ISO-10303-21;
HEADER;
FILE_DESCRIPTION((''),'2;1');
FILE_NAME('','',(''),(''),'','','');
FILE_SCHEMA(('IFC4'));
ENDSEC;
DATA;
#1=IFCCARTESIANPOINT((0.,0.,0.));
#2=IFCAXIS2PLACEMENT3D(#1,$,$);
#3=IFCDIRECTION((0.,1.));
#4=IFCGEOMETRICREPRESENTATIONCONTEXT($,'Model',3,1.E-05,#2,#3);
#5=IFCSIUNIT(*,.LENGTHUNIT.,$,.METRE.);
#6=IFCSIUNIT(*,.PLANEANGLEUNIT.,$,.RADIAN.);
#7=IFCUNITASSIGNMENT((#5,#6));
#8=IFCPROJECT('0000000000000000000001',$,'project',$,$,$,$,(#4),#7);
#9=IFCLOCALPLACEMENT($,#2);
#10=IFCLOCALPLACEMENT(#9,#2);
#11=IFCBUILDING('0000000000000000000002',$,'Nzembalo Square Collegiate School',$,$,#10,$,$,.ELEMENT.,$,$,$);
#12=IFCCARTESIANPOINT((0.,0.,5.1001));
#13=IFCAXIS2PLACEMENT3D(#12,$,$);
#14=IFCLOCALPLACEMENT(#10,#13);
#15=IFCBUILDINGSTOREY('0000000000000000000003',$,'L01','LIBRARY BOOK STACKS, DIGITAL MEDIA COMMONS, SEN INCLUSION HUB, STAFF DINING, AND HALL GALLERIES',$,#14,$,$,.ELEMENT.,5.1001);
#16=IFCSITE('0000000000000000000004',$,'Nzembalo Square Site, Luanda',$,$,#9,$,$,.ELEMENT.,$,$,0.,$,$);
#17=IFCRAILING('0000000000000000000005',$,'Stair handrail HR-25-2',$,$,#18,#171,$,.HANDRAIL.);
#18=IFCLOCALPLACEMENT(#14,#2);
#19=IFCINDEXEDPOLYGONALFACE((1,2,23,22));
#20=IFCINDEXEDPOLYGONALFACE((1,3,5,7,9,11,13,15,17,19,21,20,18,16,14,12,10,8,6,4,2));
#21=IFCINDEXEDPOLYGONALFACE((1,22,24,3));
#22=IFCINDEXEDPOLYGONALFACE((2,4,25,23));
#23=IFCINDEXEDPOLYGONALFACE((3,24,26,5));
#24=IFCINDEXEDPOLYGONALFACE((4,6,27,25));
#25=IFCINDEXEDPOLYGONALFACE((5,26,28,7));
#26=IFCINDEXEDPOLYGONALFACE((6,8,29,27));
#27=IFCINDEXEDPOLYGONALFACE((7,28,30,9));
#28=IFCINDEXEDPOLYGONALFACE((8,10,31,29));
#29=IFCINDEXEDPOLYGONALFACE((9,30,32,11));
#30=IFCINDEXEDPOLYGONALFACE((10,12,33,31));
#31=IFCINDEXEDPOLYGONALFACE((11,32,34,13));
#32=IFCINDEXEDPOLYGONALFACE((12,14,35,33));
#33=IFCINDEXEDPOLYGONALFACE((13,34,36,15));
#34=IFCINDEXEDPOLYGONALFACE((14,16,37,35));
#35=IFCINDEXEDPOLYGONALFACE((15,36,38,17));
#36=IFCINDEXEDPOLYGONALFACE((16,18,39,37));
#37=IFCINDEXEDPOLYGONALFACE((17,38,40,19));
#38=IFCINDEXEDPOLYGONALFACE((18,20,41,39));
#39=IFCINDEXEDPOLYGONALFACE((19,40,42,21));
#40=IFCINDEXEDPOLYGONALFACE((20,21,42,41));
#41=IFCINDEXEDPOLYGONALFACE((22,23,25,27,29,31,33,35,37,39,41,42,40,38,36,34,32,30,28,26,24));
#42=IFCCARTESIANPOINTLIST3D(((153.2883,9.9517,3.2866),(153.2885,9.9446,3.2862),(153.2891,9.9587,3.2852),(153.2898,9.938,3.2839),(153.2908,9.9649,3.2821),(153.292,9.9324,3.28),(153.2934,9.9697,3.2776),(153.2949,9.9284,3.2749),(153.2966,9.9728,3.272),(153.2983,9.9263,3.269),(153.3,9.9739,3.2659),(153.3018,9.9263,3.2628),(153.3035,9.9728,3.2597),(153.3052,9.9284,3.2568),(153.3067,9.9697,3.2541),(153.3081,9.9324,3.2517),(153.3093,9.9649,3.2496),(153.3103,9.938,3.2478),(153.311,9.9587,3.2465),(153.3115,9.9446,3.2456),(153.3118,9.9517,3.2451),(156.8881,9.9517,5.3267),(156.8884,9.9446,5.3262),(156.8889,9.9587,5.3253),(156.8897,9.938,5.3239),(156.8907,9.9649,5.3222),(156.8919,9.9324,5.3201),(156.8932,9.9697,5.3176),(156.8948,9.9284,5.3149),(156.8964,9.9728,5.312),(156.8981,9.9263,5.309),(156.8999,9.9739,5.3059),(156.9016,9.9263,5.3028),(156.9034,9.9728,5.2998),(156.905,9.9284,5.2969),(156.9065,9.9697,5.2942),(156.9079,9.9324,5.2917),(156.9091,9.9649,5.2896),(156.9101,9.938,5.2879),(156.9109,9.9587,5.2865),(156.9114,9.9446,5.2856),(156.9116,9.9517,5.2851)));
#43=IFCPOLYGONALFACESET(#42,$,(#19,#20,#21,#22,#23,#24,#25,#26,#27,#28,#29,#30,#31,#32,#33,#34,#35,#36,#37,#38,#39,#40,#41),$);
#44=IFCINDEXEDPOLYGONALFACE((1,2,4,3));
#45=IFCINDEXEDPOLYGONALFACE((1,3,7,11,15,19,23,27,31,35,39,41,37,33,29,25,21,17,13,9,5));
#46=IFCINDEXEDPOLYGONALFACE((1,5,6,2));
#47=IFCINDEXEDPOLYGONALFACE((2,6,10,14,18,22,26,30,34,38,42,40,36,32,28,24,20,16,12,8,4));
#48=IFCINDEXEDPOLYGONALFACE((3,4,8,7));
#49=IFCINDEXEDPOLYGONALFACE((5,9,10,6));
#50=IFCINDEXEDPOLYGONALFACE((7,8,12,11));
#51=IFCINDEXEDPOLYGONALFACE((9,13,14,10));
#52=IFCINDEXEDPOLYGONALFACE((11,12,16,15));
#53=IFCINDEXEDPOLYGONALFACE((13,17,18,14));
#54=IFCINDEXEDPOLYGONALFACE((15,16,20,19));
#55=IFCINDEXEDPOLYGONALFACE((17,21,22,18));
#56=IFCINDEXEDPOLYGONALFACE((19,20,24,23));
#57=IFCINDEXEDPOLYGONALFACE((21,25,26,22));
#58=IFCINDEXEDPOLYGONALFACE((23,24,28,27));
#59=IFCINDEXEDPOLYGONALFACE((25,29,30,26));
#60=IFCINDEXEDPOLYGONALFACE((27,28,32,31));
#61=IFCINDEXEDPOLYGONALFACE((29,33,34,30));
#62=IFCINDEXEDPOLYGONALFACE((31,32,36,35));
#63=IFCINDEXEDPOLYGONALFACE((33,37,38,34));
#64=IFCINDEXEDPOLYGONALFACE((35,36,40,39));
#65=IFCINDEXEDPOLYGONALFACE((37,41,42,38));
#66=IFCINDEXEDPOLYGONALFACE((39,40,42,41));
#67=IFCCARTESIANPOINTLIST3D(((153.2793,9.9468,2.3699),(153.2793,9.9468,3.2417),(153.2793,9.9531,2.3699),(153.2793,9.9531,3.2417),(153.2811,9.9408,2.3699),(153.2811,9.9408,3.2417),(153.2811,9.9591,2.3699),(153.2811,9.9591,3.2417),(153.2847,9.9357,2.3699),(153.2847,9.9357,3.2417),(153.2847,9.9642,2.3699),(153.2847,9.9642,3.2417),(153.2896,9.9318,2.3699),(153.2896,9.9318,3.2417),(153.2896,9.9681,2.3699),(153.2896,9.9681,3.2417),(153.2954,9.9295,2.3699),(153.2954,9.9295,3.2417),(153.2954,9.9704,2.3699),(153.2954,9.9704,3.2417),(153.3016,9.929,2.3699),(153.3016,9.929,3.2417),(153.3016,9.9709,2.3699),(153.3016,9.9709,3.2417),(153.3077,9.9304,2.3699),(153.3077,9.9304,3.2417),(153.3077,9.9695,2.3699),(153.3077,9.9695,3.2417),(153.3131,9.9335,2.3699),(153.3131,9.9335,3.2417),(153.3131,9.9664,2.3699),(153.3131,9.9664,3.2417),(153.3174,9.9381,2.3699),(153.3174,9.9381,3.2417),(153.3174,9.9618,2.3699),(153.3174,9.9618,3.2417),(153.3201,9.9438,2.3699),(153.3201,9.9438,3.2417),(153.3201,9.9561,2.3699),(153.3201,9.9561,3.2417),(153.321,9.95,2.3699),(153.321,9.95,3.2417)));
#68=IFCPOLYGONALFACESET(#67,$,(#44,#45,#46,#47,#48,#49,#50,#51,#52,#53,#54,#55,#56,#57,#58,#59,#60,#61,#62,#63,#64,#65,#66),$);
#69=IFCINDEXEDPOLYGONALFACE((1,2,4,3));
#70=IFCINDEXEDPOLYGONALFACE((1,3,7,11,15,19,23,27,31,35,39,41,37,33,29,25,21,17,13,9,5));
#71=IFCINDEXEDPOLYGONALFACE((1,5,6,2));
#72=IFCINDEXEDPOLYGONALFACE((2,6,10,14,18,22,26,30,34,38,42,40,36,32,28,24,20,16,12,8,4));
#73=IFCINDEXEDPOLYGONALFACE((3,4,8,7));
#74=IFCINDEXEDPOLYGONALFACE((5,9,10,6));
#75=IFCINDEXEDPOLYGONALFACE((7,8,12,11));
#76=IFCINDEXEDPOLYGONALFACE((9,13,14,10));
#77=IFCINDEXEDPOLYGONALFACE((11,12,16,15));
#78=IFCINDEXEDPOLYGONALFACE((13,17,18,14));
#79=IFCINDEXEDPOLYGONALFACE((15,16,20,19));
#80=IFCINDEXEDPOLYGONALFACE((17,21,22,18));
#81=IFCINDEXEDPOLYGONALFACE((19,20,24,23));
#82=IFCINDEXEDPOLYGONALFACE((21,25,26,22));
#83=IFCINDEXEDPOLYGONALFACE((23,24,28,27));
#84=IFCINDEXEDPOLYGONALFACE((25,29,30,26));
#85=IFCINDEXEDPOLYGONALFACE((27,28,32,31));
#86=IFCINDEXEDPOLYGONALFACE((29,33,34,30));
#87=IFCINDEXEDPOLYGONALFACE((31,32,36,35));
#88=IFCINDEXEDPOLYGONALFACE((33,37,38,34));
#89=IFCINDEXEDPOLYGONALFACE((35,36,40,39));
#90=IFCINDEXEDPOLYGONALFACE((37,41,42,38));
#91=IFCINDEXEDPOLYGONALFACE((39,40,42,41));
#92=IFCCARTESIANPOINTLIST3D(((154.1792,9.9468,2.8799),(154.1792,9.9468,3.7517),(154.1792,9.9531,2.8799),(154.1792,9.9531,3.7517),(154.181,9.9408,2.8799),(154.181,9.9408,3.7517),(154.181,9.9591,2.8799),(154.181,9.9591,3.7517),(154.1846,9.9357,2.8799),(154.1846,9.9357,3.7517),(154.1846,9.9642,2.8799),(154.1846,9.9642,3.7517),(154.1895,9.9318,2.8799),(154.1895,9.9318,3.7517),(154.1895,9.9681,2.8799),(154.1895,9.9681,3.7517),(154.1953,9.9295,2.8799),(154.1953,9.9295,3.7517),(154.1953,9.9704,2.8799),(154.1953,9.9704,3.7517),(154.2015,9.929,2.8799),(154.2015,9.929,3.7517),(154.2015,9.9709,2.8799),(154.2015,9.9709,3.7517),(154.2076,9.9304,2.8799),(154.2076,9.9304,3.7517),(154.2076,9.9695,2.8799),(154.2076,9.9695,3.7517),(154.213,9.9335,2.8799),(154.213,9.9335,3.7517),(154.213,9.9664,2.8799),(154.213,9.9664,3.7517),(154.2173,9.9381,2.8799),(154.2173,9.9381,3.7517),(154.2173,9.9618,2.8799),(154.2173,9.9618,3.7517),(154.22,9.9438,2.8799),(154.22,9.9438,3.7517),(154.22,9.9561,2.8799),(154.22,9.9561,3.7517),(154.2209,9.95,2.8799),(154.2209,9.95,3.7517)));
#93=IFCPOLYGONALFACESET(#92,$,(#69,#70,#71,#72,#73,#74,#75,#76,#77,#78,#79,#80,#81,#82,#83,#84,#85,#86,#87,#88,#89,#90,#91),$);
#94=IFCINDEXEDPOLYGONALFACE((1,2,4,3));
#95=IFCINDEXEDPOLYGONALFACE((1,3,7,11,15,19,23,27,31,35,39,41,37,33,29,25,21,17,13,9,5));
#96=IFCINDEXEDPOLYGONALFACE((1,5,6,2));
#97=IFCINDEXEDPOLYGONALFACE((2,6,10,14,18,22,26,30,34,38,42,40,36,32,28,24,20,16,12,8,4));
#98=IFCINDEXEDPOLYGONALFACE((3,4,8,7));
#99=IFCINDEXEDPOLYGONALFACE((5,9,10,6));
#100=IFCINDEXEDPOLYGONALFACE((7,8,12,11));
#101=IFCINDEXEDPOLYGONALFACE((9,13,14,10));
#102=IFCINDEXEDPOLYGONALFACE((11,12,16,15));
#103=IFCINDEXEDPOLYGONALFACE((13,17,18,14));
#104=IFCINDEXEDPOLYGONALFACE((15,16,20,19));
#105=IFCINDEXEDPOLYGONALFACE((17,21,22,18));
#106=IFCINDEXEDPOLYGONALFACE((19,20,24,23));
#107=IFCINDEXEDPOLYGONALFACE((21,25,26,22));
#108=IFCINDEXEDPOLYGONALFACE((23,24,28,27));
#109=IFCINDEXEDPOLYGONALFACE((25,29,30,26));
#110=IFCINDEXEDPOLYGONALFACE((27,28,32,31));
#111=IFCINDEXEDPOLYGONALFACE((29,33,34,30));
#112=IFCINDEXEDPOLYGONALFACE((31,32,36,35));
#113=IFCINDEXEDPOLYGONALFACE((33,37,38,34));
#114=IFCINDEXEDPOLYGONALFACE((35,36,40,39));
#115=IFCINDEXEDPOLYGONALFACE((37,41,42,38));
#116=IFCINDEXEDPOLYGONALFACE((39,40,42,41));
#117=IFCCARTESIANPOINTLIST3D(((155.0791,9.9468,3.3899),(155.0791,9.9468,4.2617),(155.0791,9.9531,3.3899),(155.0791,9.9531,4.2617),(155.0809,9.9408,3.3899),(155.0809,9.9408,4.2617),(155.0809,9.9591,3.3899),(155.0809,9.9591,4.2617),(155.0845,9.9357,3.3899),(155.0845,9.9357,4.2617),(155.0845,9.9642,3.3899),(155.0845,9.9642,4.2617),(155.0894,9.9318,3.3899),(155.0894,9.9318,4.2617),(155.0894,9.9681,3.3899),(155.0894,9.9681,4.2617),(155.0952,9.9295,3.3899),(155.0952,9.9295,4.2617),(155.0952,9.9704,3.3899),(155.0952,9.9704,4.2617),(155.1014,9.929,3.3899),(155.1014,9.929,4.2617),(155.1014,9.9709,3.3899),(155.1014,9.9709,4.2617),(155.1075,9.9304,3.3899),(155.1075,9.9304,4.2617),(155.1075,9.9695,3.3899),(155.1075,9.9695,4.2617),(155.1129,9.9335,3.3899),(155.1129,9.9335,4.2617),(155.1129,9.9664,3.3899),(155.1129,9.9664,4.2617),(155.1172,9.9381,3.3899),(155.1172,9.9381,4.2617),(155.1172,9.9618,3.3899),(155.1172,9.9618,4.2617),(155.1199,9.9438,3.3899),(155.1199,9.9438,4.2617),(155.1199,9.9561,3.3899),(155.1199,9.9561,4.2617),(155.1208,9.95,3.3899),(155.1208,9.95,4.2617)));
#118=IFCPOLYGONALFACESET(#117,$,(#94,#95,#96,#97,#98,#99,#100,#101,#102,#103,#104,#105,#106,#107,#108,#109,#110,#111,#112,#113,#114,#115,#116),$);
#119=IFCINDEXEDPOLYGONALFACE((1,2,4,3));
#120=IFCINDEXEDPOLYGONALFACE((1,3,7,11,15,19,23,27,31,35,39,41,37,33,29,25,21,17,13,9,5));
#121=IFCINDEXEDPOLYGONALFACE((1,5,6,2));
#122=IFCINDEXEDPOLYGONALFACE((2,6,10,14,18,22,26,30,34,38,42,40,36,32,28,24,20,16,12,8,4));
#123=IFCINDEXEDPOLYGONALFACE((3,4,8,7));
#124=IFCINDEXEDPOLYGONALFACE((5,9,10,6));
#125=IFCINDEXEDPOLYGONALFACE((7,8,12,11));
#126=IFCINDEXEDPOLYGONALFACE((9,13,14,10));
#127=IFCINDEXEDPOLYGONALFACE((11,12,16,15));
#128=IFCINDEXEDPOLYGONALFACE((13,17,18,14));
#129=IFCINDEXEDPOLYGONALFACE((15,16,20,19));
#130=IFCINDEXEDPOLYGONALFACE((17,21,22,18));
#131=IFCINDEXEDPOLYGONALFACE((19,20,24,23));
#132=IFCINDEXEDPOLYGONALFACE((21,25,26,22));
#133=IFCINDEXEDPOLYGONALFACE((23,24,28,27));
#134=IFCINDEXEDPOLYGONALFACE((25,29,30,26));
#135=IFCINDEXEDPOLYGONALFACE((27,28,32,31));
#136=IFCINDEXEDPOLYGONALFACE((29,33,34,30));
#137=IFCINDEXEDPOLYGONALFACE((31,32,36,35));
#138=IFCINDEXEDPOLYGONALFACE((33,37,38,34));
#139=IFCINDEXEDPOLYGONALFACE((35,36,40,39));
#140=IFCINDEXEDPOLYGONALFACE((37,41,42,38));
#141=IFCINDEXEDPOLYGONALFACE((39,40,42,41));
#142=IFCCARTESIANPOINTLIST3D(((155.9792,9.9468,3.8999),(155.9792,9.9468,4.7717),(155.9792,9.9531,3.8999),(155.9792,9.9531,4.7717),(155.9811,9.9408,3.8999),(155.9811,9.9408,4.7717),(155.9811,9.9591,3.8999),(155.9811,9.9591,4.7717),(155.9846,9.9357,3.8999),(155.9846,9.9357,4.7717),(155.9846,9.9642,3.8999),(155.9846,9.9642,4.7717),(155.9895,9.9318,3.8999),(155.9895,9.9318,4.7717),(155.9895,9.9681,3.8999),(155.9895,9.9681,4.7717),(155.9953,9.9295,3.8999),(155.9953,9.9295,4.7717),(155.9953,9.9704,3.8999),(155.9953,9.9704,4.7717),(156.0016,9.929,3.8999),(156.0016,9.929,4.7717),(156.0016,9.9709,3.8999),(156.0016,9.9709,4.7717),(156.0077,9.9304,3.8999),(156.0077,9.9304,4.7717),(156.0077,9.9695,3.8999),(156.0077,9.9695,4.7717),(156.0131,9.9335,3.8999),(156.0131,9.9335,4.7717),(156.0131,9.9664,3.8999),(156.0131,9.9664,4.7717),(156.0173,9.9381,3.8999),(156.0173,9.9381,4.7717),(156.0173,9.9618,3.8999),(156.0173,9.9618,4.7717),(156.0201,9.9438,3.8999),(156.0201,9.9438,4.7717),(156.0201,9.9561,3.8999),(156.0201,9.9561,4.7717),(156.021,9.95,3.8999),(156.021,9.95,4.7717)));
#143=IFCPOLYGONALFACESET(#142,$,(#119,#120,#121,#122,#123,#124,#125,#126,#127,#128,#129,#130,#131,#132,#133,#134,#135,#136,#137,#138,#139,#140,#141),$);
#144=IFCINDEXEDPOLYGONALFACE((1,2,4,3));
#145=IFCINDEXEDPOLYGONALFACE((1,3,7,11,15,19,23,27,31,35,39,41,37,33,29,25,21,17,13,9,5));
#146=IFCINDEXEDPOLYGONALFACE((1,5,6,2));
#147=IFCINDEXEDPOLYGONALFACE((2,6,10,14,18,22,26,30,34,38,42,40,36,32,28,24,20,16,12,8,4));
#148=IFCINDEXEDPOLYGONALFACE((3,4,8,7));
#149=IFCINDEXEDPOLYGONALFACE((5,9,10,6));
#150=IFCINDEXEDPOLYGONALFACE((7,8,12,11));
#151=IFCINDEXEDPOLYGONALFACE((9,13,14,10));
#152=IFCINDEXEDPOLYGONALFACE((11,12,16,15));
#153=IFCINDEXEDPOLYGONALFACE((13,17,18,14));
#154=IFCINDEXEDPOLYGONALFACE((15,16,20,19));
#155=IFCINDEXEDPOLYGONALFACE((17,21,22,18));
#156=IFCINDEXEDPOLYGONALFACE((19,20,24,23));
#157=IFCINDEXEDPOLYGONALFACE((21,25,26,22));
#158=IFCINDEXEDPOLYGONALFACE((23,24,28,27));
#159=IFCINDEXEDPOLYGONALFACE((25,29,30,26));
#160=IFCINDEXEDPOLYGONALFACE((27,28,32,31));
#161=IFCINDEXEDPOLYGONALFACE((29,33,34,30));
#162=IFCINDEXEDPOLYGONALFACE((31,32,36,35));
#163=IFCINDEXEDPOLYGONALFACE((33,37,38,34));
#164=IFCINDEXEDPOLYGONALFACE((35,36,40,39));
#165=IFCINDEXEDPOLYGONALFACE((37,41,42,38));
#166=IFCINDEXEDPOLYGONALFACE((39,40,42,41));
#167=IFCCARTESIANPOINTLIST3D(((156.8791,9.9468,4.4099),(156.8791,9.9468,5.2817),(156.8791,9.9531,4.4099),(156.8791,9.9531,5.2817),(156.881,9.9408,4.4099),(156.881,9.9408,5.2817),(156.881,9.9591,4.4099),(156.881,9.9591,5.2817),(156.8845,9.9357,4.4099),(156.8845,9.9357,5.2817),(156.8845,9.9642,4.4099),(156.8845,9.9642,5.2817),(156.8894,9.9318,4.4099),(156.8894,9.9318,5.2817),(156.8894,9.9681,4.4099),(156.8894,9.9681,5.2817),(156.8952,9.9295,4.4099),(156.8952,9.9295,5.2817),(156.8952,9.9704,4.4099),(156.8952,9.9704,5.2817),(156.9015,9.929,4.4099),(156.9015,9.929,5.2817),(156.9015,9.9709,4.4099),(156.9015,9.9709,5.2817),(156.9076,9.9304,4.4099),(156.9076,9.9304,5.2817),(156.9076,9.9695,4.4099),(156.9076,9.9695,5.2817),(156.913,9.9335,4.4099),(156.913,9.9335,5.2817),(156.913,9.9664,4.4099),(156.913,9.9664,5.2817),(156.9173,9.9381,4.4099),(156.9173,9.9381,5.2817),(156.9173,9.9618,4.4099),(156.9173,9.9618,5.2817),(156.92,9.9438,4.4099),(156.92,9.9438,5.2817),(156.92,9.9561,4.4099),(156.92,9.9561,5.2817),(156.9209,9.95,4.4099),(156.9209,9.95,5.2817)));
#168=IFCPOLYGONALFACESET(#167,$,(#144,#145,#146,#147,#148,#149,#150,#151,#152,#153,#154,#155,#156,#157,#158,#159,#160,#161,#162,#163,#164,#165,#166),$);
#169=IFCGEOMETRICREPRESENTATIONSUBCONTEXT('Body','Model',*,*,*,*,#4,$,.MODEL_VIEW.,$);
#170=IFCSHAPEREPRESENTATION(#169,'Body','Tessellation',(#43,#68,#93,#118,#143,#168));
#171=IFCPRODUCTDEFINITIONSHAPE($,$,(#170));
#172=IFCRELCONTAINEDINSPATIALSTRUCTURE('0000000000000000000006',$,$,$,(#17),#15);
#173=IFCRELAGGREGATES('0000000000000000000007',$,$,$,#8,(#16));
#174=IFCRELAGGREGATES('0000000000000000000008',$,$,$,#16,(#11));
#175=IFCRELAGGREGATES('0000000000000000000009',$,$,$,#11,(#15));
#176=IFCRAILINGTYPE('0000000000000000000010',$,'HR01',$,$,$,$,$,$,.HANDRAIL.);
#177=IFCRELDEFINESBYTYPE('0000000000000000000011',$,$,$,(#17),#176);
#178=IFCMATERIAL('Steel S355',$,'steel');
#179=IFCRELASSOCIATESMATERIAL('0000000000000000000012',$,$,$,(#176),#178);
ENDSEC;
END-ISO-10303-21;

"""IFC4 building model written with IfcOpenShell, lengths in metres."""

from ifc_helpers import new_model, si_unit, direction, frame, origin, origin_2d, place, context, subcontext, project, spatial, circle, extrude, material, type_object, element, save


model = new_model("IFC4")

# Units and contexts
model_context = context("Model", 3, precision=1e-05, world=origin(), true_north=direction((0.0, 1.0)))
body_context = subcontext(model_context, "Body", "Model", "MODEL_VIEW")
ifc_project = project(units=[si_unit("LENGTHUNIT", "METRE"), si_unit("PLANEANGLEUNIT", "RADIAN")], contexts=[model_context])

# Site, building, storey
site_placement = place(None, origin())
site = spatial("IfcSite", under=ifc_project, at=site_placement, Name="Nzembalo Square Site, Luanda", CompositionType="ELEMENT", RefElevation=0.0)
building_placement = place(site_placement, origin())
building = spatial("IfcBuilding", under=site, at=building_placement, Name="Nzembalo Square Collegiate School", CompositionType="ELEMENT")
storey_placement = place(building_placement, frame((0.0, 0.0, 5.1001)))
storey = spatial("IfcBuildingStorey", under=building, at=storey_placement, Name="L01", Description="LIBRARY BOOK STACKS, DIGITAL MEDIA COMMONS, SEN INCLUSION HUB, STAFF DINING, AND HALL GALLERIES", CompositionType="ELEMENT", Elevation=5.1001)

# Railing
ifc_material_1 = material(Name="Steel S355", Category="steel")
railing_type_1 = type_object("IfcRailingType", Name="HR01", PredefinedType="HANDRAIL", material=ifc_material_1)
railing_1_placement = place(storey_placement, frame((153.3, 9.95, 2.3699)))
element("IfcRailing", 1, at=railing_1_placement, inside=storey, type_object=railing_type_1, Name="Stair handrail HR-25-2", PredefinedType="HANDRAIL", context=body_context, shape_type="SweptSolid", body=[
    extrude(circle(Radius=0.0239, at=origin_2d()), frame((0.0, 0.0, 0.896), z_axis=(0.87001, 0.0, 0.493035), x_axis=(0.0, 1.0, 0.0)), (0.0, 0.0, 1.0), 4.1377),
    extrude(circle(Radius=0.021, at=origin_2d()), origin(), (0.0, 0.0, 1.0), 0.8718),
    extrude(circle(Radius=0.021, at=origin_2d()), frame((0.8999, 0.0, 0.51)), (0.0, 0.0, 1.0), 0.8718),
    extrude(circle(Radius=0.021, at=origin_2d()), frame((1.7998, 0.0, 1.02)), (0.0, 0.0, 1.0), 0.8718),
    extrude(circle(Radius=0.021, at=origin_2d()), frame((2.7, 0.0, 1.53)), (0.0, 0.0, 1.0), 0.8718),
    extrude(circle(Radius=0.021, at=origin_2d()), frame((3.5999, 0.0, 2.04)), (0.0, 0.0, 1.0), 0.8718),
])

save(model, "model.ifc")
